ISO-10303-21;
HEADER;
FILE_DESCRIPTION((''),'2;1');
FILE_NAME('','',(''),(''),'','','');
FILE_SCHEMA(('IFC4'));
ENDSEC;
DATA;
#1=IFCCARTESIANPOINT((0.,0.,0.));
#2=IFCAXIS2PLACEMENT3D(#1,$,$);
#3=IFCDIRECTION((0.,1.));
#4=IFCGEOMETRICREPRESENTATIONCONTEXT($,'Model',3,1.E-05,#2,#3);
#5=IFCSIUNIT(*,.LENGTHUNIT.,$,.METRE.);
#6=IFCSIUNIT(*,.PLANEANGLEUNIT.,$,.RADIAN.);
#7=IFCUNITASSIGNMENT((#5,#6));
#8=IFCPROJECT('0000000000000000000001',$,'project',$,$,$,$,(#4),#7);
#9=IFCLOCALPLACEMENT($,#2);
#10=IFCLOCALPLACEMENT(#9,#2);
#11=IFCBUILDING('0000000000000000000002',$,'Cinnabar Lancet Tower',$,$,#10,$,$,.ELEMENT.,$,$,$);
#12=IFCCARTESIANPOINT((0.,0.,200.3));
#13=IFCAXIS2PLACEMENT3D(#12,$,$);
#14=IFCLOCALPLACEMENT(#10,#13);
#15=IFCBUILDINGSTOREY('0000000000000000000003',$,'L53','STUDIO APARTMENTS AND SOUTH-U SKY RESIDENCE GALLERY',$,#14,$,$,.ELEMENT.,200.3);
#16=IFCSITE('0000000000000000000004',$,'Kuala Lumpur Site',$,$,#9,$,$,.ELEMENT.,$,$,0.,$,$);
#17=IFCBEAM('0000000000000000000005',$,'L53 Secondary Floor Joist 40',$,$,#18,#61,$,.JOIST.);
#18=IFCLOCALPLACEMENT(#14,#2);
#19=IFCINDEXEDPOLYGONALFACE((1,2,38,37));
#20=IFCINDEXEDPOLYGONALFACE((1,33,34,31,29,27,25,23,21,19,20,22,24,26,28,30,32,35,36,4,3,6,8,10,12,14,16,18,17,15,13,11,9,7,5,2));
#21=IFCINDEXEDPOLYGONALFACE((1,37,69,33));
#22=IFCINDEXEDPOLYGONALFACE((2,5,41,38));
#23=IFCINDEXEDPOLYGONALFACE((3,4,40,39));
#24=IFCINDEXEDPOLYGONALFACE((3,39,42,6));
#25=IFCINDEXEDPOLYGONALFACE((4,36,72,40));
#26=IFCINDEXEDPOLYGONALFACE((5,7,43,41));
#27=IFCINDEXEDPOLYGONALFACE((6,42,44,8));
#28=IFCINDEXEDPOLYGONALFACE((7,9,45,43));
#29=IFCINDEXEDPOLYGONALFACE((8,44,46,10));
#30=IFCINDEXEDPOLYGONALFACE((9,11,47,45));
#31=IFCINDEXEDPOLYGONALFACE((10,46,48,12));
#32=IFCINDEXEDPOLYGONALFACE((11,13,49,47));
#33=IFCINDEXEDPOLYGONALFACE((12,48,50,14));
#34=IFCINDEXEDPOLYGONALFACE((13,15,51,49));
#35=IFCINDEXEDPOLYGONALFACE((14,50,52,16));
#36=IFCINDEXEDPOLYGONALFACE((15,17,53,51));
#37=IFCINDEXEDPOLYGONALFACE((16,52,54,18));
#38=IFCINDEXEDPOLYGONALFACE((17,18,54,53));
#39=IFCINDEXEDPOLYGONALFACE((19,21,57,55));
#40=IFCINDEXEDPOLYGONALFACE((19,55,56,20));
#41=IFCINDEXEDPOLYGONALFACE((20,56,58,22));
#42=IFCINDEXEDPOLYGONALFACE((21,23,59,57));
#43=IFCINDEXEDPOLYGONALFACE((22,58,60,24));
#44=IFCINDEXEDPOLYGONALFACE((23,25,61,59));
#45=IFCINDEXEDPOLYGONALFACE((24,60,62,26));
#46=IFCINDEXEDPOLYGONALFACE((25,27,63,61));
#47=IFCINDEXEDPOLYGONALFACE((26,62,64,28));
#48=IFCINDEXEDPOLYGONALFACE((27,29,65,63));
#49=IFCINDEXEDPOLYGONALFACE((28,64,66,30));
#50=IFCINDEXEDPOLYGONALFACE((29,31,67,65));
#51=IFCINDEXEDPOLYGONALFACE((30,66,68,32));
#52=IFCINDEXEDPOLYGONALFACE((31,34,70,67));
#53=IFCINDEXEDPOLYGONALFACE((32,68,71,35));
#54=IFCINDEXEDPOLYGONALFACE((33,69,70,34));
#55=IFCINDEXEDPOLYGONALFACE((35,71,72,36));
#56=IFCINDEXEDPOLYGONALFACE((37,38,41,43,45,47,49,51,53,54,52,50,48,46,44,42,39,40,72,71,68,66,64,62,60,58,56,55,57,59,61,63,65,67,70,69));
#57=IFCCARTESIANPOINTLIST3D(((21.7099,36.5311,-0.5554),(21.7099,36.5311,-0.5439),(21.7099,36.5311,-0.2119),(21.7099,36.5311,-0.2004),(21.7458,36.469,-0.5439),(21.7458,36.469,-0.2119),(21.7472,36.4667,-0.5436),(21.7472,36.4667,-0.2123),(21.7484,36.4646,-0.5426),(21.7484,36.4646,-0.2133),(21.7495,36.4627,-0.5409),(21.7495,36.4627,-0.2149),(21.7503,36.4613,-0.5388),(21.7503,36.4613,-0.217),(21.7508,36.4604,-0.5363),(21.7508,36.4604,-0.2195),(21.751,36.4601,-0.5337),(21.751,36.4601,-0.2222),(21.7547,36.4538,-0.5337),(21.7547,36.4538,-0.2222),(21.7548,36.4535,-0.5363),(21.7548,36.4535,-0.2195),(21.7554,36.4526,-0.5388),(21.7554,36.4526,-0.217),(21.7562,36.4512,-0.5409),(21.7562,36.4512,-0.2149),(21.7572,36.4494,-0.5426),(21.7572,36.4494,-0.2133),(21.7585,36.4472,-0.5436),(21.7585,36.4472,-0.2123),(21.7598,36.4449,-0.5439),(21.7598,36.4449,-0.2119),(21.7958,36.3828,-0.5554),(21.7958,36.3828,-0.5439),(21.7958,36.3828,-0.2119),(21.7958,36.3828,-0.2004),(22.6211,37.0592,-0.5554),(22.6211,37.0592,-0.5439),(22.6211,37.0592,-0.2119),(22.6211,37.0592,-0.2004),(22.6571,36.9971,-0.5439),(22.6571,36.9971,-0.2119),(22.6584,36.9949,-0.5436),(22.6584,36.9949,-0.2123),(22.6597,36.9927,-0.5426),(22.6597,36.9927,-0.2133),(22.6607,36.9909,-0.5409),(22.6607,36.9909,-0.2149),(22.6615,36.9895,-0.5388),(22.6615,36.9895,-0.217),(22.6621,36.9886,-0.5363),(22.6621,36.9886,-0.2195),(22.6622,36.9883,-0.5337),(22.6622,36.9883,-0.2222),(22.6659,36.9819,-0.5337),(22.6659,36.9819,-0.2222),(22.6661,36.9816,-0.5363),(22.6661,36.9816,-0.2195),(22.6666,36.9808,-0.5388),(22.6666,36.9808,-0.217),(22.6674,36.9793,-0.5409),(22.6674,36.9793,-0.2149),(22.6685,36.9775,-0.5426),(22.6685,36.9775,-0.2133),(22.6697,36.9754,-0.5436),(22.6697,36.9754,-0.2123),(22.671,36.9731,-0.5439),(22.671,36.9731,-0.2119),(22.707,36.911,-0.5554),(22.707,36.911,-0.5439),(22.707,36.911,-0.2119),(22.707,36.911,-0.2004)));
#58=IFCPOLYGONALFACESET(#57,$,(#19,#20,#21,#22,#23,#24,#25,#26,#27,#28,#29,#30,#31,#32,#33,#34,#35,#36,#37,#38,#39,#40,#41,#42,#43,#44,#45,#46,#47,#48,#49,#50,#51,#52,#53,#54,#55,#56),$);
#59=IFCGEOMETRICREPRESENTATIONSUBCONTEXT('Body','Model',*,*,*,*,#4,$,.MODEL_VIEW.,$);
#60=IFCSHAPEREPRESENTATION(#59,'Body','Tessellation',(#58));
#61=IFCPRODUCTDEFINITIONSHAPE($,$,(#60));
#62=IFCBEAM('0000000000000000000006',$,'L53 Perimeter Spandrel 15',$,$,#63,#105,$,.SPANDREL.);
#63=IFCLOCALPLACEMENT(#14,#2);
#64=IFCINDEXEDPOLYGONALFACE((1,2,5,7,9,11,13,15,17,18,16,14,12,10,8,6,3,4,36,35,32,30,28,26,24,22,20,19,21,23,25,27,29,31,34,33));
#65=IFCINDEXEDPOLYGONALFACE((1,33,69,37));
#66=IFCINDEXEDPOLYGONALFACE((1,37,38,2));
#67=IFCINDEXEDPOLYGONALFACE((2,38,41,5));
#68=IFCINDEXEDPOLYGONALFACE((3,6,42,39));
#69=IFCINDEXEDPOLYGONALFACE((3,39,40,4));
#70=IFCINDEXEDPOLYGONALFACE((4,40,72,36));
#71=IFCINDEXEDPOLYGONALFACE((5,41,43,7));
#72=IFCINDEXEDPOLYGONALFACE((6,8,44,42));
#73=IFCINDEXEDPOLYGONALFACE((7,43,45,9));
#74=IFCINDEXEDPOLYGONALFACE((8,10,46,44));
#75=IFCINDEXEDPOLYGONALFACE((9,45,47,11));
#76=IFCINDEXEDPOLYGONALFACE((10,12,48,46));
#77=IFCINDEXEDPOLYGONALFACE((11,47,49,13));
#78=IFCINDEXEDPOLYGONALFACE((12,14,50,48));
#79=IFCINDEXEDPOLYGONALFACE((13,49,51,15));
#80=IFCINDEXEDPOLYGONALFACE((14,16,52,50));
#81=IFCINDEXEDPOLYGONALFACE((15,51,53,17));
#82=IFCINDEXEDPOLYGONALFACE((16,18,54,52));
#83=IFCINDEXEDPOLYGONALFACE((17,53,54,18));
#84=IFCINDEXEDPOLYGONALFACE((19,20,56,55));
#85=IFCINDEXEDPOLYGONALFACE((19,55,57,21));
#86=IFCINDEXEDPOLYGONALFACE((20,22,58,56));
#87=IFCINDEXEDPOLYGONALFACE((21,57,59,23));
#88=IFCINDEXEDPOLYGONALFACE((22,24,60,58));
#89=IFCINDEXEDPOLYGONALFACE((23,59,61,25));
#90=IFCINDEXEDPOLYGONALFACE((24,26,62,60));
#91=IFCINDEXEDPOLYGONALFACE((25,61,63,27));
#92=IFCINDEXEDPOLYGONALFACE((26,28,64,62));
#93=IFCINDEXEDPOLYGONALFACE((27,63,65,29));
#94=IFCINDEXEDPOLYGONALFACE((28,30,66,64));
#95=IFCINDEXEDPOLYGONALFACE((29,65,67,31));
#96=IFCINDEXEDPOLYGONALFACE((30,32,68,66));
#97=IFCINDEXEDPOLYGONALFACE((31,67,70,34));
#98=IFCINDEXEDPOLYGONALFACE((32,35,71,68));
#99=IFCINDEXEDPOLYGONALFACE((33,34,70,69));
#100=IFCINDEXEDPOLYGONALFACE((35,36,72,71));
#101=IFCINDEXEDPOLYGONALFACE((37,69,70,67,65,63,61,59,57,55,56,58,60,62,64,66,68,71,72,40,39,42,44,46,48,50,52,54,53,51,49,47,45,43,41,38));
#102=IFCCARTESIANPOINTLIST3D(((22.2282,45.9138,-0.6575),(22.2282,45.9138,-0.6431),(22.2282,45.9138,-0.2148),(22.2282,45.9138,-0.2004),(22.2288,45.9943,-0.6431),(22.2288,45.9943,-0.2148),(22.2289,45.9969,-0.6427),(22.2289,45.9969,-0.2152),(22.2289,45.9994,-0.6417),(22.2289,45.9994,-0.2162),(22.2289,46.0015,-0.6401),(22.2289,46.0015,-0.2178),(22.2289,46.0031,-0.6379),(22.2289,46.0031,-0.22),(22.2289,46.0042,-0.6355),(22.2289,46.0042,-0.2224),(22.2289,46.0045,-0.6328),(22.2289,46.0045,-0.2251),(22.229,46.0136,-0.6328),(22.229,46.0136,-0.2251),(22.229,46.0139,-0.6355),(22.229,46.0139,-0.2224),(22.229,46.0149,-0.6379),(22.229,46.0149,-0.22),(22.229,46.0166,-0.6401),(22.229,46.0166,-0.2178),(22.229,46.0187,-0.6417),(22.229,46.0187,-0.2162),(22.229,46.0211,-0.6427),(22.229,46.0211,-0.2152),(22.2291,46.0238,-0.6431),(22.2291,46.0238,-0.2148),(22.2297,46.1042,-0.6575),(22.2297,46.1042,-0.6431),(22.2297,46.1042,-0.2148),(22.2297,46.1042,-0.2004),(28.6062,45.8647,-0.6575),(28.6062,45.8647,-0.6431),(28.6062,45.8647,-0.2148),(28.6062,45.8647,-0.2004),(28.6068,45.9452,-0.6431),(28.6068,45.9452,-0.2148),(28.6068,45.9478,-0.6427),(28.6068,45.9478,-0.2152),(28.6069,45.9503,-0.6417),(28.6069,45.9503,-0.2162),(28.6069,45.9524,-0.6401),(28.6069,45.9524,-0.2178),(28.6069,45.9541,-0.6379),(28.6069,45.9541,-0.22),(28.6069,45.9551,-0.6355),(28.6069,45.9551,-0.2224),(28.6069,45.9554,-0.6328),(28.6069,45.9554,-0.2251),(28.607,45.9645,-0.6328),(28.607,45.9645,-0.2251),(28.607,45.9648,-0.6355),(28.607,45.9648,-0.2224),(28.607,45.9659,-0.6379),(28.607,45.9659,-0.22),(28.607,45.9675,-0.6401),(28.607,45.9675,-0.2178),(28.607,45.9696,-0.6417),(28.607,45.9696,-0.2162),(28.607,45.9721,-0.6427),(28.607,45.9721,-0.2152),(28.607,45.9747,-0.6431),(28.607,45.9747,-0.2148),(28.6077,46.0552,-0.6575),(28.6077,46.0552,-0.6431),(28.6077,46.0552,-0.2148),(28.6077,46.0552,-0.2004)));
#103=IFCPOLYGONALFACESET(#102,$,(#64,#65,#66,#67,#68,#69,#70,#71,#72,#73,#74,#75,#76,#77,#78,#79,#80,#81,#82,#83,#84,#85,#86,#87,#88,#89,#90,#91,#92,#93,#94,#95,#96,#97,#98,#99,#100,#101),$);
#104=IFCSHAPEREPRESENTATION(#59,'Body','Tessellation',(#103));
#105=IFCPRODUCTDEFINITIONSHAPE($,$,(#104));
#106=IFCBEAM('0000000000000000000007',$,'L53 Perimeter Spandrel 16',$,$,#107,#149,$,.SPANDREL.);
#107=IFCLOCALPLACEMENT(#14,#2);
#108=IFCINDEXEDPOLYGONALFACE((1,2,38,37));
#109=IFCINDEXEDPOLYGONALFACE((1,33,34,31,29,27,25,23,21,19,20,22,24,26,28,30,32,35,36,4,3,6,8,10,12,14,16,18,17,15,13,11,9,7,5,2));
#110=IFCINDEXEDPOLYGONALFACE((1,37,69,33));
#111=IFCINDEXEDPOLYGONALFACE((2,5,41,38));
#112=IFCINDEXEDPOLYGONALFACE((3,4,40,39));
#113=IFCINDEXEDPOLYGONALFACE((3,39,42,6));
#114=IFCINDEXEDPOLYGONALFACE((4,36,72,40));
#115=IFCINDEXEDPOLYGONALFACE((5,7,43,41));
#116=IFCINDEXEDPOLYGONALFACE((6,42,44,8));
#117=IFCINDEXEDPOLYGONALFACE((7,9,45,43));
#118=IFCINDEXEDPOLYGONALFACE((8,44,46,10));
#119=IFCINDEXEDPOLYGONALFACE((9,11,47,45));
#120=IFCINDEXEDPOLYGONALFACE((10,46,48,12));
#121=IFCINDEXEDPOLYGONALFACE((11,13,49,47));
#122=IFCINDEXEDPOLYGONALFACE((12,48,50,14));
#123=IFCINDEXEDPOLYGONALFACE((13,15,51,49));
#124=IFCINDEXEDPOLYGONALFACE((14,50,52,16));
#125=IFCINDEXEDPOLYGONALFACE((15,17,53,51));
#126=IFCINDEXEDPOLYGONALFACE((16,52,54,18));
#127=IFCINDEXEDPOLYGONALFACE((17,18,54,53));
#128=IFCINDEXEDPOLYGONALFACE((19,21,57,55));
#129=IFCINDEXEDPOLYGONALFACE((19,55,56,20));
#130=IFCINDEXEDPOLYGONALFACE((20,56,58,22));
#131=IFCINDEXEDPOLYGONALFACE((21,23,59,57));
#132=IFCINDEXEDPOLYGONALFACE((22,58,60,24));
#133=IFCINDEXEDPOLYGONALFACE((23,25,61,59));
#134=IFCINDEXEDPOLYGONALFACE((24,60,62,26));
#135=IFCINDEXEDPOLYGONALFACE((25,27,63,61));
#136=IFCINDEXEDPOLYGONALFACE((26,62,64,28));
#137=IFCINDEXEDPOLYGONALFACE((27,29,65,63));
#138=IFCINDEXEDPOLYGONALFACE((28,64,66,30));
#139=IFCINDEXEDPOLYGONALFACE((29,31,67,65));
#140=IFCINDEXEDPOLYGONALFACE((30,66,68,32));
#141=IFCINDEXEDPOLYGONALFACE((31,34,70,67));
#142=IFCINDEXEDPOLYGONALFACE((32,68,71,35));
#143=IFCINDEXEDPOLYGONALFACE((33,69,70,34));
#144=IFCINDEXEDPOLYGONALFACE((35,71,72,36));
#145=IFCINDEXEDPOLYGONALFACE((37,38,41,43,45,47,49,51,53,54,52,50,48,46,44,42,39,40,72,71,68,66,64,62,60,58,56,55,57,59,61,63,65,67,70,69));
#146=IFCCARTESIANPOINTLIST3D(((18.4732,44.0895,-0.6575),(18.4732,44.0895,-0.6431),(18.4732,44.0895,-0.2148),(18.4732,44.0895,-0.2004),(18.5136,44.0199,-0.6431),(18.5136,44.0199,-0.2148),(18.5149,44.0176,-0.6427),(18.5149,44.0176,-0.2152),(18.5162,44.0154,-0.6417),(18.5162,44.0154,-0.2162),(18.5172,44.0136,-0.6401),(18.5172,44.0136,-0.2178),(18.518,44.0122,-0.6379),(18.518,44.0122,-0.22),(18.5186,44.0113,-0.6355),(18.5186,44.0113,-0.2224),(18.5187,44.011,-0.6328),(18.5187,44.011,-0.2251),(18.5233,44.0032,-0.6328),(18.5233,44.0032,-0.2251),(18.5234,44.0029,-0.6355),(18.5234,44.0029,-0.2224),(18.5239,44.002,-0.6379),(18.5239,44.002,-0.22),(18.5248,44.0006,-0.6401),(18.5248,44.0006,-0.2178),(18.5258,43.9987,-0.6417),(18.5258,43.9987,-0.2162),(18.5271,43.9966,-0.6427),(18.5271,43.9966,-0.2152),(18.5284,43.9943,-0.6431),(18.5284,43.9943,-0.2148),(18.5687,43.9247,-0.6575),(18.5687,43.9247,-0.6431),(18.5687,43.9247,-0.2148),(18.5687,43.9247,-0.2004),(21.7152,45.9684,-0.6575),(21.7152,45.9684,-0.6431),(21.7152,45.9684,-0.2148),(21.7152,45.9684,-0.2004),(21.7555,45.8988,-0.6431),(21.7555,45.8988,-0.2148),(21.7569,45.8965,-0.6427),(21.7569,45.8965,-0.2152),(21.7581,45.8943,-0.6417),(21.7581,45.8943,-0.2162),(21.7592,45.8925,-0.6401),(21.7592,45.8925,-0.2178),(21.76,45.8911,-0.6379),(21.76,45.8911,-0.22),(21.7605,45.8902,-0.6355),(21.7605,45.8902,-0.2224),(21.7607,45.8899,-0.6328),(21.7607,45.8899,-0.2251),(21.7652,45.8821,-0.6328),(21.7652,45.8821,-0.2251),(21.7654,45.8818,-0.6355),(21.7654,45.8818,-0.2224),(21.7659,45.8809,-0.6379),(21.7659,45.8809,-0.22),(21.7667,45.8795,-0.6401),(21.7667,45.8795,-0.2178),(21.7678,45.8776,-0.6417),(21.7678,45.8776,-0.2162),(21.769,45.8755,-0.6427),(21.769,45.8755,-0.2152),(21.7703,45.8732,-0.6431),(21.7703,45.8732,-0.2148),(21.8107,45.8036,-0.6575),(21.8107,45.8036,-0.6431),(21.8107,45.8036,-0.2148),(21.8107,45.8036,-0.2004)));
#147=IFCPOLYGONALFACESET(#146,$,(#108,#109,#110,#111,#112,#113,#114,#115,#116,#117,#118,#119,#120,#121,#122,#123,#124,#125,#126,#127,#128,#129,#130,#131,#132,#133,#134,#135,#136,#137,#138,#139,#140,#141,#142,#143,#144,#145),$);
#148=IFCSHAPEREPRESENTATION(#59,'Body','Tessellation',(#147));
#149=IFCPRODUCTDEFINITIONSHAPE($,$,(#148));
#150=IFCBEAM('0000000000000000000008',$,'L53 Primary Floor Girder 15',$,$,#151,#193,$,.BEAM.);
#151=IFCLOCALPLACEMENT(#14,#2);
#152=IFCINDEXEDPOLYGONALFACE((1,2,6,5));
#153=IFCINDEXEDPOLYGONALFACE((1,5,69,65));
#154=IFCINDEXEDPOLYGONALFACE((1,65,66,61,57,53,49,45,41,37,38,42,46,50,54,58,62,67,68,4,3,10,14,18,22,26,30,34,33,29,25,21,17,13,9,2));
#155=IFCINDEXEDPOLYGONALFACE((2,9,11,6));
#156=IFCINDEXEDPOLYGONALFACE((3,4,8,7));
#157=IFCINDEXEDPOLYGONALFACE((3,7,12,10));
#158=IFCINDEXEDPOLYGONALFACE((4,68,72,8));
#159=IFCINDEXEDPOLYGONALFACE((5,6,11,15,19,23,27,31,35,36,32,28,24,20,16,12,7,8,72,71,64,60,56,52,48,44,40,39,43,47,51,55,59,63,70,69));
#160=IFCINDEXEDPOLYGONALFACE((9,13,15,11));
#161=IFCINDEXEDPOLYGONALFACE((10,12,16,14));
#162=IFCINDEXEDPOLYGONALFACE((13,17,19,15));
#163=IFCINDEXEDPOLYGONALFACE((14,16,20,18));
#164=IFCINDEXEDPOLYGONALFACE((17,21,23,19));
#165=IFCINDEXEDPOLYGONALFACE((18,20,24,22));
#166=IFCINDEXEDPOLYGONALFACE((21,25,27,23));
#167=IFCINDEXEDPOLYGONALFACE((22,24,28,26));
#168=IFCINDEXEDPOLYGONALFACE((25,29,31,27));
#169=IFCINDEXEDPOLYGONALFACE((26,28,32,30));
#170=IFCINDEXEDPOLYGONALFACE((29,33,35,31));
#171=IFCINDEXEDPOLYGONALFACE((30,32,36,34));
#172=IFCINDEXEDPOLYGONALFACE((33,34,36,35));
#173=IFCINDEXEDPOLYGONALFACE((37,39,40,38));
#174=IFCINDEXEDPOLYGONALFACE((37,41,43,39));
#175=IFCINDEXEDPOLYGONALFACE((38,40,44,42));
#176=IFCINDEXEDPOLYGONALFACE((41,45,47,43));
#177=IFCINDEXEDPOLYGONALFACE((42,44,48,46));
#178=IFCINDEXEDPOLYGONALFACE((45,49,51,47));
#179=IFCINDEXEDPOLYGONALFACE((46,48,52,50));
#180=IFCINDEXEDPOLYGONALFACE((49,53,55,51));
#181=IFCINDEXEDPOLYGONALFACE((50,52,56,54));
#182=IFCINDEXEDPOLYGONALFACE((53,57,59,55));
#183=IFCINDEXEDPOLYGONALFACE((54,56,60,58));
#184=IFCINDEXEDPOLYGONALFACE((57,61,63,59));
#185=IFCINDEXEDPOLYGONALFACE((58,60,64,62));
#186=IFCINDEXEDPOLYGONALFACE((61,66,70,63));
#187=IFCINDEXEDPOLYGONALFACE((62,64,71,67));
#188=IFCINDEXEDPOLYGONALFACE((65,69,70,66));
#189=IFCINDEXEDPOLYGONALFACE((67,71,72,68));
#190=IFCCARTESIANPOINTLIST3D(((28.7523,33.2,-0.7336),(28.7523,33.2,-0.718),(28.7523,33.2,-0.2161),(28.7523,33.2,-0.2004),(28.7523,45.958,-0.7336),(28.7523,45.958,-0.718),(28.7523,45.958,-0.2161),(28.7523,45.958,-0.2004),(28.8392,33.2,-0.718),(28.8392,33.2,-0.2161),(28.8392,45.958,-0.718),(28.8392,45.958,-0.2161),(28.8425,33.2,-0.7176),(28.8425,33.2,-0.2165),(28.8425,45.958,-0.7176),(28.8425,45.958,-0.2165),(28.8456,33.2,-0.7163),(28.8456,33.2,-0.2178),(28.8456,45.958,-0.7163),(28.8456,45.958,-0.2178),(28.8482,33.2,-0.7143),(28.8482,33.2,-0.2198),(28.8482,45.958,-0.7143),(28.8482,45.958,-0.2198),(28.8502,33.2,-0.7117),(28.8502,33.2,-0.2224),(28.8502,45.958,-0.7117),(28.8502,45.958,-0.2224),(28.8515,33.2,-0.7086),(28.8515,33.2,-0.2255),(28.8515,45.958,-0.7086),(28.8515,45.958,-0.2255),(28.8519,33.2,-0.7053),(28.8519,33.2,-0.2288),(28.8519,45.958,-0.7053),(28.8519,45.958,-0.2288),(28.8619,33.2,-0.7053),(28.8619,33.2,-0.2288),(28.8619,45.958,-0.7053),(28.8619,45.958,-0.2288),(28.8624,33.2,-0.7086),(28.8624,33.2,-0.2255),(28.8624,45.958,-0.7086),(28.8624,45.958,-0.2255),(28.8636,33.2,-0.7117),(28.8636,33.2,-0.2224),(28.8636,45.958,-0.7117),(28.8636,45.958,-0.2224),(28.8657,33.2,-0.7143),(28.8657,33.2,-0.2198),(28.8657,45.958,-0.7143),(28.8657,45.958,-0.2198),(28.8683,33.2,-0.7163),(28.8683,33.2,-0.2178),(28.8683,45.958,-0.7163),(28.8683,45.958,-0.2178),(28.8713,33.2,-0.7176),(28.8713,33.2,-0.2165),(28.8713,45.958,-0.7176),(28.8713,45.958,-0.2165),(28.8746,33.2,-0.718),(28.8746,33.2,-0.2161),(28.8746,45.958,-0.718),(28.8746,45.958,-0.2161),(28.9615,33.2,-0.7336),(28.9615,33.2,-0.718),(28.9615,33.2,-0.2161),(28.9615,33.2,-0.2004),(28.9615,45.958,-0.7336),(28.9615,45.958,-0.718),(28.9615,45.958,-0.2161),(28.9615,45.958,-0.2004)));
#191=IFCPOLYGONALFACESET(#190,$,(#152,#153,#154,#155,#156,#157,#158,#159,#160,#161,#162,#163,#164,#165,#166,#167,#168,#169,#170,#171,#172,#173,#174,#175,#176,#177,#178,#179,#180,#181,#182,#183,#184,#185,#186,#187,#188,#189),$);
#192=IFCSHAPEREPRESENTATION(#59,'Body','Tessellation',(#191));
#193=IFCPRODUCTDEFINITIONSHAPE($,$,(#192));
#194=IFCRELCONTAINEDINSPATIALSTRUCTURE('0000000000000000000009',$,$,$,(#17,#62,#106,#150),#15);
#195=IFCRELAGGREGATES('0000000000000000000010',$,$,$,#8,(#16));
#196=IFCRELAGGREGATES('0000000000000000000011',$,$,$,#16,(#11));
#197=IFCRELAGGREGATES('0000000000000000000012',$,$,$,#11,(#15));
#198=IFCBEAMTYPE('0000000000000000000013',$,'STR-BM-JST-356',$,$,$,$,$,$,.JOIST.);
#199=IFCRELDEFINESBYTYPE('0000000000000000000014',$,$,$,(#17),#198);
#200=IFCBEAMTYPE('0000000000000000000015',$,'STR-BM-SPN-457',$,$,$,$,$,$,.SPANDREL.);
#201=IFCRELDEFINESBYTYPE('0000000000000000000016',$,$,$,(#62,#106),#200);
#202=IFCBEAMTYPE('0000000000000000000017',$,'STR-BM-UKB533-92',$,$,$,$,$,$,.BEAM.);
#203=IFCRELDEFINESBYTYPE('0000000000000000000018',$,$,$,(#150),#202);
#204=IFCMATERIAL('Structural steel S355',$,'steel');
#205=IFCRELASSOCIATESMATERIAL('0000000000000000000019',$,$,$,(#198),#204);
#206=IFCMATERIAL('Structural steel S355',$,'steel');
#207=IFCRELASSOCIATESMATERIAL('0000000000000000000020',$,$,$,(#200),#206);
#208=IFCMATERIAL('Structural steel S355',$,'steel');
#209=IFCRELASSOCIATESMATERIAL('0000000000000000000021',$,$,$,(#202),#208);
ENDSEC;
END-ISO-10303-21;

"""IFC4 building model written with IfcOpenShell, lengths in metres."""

from ifc_helpers import new_model, si_unit, direction, frame, origin, origin_2d, place, context, subcontext, project, spatial, i_section, extrude, material, material_profile, profile_set, type_object, element, save


model = new_model("IFC4")

# Units and contexts
model_context = context("Model", 3, precision=1e-05, world=origin(), true_north=direction((0.0, 1.0)))
body_context = subcontext(model_context, "Body", "Model", "MODEL_VIEW")
ifc_project = project(units=[si_unit("LENGTHUNIT", "METRE"), si_unit("PLANEANGLEUNIT", "RADIAN")], contexts=[model_context])

# Site, building, storey
site_placement = place(None, origin())
site = spatial("IfcSite", under=ifc_project, at=site_placement, Name="Kuala Lumpur Site", CompositionType="ELEMENT", RefElevation=0.0)
building_placement = place(site_placement, origin())
building = spatial("IfcBuilding", under=site, at=building_placement, Name="Cinnabar Lancet Tower", CompositionType="ELEMENT")
storey_placement = place(building_placement, frame((0.0, 0.0, 200.3)))
storey = spatial("IfcBuildingStorey", under=building, at=storey_placement, Name="L53", Description="STUDIO APARTMENTS AND SOUTH-U SKY RESIDENCE GALLERY", CompositionType="ELEMENT", Elevation=200.3)

# Beams
ifc_material_1 = material(Name="Structural steel S355", Category="steel")
ifc_material_profile_1 = material_profile(ifc_material_1, i_section(OverallWidth=0.1714, OverallDepth=0.355, WebThickness=0.0073, FlangeThickness=0.0115, FilletRadius=0.0103, at=origin_2d()), Name="UKB 356x171x51")
ifc_profile_set_1 = profile_set([ifc_material_profile_1], Name="Structural steel S355")
beam_type_1 = type_object("IfcBeamType", Name="STR-BM-JST-356", PredefinedType="JOIST", material=ifc_profile_set_1)
beam_1_placement = place(storey_placement, frame((22.6641, 36.9851, -0.3779), z_axis=(-0.865188, -0.501447, 0.0), x_axis=(0.501447, -0.865188, 0.0)))
element("IfcBeam", 1, at=beam_1_placement, inside=storey, type_object=beam_type_1, Name="L53 Secondary Floor Joist 40", PredefinedType="JOIST", context=body_context, shape_type="SweptSolid", body=[
    extrude(i_section(OverallWidth=0.1714, OverallDepth=0.355, WebThickness=0.0073, FlangeThickness=0.0115, FilletRadius=0.0103, at=origin_2d()), origin(), (0.0, 0.0, 1.0), 1.0532),
])
ifc_material_2 = material(Name="Structural steel S355", Category="steel")
ifc_material_profile_2 = material_profile(ifc_material_2, i_section(OverallWidth=0.1904, OverallDepth=0.457, WebThickness=0.009, FlangeThickness=0.0144, FilletRadius=0.0103, at=origin_2d()), Name="UKB 457x191x74")
ifc_profile_set_2 = profile_set([ifc_material_profile_2], Name="Structural steel S355")
beam_type_2 = type_object("IfcBeamType", Name="STR-BM-SPN-457", PredefinedType="SPANDREL", material=ifc_profile_set_2)
beam_2_placement = place(storey_placement, frame((28.6069, 45.96, -0.429), z_axis=(-0.99997, 0.007694, 0.0), x_axis=(-0.007694, -0.99997, 0.0)))
element("IfcBeam", 2, at=beam_2_placement, inside=storey, type_object=beam_type_2, Name="L53 Perimeter Spandrel 15", PredefinedType="SPANDREL", context=body_context, shape_type="SweptSolid", body=[
    extrude(i_section(OverallWidth=0.1904, OverallDepth=0.457, WebThickness=0.009, FlangeThickness=0.0144, FilletRadius=0.0103, at=origin_2d()), origin(), (0.0, 0.0, 1.0), 6.3782),
])
beam_3_placement = place(storey_placement, frame((21.7629, 45.886, -0.429), z_axis=(-0.865196, -0.501434, 0.0), x_axis=(0.501434, -0.865196, 0.0)))
element("IfcBeam", 3, at=beam_3_placement, inside=storey, type_object=beam_type_2, Name="L53 Perimeter Spandrel 16", PredefinedType="SPANDREL", context=body_context, shape_type="SweptSolid", body=[
    extrude(i_section(OverallWidth=0.1904, OverallDepth=0.457, WebThickness=0.009, FlangeThickness=0.0144, FilletRadius=0.0103, at=origin_2d()), origin(), (0.0, 0.0, 1.0), 3.7471),
])
ifc_material_3 = material(Name="Structural steel S355", Category="steel")
ifc_material_profile_3 = material_profile(ifc_material_3, i_section(OverallWidth=0.2092, OverallDepth=0.5332, WebThickness=0.01, FlangeThickness=0.0156, FilletRadius=0.0127, at=origin_2d()), Name="UKB 533x210x92")
ifc_profile_set_3 = profile_set([ifc_material_profile_3], Name="Structural steel S355")
beam_type_3 = type_object("IfcBeamType", Name="STR-BM-UKB533-92", PredefinedType="BEAM", material=ifc_profile_set_3)
beam_4_placement = place(storey_placement, frame((28.8569, 45.958, -0.467), z_axis=(0.0, -1.0, 0.0), x_axis=(1.0, 0.0, 0.0)))
element("IfcBeam", 4, at=beam_4_placement, inside=storey, type_object=beam_type_3, Name="L53 Primary Floor Girder 15", PredefinedType="BEAM", context=body_context, shape_type="SweptSolid", body=[
    extrude(i_section(OverallWidth=0.2092, OverallDepth=0.5332, WebThickness=0.01, FlangeThickness=0.0156, FilletRadius=0.0127, at=origin_2d()), origin(), (0.0, 0.0, 1.0), 12.7581),
])

save(model, "model.ifc")
